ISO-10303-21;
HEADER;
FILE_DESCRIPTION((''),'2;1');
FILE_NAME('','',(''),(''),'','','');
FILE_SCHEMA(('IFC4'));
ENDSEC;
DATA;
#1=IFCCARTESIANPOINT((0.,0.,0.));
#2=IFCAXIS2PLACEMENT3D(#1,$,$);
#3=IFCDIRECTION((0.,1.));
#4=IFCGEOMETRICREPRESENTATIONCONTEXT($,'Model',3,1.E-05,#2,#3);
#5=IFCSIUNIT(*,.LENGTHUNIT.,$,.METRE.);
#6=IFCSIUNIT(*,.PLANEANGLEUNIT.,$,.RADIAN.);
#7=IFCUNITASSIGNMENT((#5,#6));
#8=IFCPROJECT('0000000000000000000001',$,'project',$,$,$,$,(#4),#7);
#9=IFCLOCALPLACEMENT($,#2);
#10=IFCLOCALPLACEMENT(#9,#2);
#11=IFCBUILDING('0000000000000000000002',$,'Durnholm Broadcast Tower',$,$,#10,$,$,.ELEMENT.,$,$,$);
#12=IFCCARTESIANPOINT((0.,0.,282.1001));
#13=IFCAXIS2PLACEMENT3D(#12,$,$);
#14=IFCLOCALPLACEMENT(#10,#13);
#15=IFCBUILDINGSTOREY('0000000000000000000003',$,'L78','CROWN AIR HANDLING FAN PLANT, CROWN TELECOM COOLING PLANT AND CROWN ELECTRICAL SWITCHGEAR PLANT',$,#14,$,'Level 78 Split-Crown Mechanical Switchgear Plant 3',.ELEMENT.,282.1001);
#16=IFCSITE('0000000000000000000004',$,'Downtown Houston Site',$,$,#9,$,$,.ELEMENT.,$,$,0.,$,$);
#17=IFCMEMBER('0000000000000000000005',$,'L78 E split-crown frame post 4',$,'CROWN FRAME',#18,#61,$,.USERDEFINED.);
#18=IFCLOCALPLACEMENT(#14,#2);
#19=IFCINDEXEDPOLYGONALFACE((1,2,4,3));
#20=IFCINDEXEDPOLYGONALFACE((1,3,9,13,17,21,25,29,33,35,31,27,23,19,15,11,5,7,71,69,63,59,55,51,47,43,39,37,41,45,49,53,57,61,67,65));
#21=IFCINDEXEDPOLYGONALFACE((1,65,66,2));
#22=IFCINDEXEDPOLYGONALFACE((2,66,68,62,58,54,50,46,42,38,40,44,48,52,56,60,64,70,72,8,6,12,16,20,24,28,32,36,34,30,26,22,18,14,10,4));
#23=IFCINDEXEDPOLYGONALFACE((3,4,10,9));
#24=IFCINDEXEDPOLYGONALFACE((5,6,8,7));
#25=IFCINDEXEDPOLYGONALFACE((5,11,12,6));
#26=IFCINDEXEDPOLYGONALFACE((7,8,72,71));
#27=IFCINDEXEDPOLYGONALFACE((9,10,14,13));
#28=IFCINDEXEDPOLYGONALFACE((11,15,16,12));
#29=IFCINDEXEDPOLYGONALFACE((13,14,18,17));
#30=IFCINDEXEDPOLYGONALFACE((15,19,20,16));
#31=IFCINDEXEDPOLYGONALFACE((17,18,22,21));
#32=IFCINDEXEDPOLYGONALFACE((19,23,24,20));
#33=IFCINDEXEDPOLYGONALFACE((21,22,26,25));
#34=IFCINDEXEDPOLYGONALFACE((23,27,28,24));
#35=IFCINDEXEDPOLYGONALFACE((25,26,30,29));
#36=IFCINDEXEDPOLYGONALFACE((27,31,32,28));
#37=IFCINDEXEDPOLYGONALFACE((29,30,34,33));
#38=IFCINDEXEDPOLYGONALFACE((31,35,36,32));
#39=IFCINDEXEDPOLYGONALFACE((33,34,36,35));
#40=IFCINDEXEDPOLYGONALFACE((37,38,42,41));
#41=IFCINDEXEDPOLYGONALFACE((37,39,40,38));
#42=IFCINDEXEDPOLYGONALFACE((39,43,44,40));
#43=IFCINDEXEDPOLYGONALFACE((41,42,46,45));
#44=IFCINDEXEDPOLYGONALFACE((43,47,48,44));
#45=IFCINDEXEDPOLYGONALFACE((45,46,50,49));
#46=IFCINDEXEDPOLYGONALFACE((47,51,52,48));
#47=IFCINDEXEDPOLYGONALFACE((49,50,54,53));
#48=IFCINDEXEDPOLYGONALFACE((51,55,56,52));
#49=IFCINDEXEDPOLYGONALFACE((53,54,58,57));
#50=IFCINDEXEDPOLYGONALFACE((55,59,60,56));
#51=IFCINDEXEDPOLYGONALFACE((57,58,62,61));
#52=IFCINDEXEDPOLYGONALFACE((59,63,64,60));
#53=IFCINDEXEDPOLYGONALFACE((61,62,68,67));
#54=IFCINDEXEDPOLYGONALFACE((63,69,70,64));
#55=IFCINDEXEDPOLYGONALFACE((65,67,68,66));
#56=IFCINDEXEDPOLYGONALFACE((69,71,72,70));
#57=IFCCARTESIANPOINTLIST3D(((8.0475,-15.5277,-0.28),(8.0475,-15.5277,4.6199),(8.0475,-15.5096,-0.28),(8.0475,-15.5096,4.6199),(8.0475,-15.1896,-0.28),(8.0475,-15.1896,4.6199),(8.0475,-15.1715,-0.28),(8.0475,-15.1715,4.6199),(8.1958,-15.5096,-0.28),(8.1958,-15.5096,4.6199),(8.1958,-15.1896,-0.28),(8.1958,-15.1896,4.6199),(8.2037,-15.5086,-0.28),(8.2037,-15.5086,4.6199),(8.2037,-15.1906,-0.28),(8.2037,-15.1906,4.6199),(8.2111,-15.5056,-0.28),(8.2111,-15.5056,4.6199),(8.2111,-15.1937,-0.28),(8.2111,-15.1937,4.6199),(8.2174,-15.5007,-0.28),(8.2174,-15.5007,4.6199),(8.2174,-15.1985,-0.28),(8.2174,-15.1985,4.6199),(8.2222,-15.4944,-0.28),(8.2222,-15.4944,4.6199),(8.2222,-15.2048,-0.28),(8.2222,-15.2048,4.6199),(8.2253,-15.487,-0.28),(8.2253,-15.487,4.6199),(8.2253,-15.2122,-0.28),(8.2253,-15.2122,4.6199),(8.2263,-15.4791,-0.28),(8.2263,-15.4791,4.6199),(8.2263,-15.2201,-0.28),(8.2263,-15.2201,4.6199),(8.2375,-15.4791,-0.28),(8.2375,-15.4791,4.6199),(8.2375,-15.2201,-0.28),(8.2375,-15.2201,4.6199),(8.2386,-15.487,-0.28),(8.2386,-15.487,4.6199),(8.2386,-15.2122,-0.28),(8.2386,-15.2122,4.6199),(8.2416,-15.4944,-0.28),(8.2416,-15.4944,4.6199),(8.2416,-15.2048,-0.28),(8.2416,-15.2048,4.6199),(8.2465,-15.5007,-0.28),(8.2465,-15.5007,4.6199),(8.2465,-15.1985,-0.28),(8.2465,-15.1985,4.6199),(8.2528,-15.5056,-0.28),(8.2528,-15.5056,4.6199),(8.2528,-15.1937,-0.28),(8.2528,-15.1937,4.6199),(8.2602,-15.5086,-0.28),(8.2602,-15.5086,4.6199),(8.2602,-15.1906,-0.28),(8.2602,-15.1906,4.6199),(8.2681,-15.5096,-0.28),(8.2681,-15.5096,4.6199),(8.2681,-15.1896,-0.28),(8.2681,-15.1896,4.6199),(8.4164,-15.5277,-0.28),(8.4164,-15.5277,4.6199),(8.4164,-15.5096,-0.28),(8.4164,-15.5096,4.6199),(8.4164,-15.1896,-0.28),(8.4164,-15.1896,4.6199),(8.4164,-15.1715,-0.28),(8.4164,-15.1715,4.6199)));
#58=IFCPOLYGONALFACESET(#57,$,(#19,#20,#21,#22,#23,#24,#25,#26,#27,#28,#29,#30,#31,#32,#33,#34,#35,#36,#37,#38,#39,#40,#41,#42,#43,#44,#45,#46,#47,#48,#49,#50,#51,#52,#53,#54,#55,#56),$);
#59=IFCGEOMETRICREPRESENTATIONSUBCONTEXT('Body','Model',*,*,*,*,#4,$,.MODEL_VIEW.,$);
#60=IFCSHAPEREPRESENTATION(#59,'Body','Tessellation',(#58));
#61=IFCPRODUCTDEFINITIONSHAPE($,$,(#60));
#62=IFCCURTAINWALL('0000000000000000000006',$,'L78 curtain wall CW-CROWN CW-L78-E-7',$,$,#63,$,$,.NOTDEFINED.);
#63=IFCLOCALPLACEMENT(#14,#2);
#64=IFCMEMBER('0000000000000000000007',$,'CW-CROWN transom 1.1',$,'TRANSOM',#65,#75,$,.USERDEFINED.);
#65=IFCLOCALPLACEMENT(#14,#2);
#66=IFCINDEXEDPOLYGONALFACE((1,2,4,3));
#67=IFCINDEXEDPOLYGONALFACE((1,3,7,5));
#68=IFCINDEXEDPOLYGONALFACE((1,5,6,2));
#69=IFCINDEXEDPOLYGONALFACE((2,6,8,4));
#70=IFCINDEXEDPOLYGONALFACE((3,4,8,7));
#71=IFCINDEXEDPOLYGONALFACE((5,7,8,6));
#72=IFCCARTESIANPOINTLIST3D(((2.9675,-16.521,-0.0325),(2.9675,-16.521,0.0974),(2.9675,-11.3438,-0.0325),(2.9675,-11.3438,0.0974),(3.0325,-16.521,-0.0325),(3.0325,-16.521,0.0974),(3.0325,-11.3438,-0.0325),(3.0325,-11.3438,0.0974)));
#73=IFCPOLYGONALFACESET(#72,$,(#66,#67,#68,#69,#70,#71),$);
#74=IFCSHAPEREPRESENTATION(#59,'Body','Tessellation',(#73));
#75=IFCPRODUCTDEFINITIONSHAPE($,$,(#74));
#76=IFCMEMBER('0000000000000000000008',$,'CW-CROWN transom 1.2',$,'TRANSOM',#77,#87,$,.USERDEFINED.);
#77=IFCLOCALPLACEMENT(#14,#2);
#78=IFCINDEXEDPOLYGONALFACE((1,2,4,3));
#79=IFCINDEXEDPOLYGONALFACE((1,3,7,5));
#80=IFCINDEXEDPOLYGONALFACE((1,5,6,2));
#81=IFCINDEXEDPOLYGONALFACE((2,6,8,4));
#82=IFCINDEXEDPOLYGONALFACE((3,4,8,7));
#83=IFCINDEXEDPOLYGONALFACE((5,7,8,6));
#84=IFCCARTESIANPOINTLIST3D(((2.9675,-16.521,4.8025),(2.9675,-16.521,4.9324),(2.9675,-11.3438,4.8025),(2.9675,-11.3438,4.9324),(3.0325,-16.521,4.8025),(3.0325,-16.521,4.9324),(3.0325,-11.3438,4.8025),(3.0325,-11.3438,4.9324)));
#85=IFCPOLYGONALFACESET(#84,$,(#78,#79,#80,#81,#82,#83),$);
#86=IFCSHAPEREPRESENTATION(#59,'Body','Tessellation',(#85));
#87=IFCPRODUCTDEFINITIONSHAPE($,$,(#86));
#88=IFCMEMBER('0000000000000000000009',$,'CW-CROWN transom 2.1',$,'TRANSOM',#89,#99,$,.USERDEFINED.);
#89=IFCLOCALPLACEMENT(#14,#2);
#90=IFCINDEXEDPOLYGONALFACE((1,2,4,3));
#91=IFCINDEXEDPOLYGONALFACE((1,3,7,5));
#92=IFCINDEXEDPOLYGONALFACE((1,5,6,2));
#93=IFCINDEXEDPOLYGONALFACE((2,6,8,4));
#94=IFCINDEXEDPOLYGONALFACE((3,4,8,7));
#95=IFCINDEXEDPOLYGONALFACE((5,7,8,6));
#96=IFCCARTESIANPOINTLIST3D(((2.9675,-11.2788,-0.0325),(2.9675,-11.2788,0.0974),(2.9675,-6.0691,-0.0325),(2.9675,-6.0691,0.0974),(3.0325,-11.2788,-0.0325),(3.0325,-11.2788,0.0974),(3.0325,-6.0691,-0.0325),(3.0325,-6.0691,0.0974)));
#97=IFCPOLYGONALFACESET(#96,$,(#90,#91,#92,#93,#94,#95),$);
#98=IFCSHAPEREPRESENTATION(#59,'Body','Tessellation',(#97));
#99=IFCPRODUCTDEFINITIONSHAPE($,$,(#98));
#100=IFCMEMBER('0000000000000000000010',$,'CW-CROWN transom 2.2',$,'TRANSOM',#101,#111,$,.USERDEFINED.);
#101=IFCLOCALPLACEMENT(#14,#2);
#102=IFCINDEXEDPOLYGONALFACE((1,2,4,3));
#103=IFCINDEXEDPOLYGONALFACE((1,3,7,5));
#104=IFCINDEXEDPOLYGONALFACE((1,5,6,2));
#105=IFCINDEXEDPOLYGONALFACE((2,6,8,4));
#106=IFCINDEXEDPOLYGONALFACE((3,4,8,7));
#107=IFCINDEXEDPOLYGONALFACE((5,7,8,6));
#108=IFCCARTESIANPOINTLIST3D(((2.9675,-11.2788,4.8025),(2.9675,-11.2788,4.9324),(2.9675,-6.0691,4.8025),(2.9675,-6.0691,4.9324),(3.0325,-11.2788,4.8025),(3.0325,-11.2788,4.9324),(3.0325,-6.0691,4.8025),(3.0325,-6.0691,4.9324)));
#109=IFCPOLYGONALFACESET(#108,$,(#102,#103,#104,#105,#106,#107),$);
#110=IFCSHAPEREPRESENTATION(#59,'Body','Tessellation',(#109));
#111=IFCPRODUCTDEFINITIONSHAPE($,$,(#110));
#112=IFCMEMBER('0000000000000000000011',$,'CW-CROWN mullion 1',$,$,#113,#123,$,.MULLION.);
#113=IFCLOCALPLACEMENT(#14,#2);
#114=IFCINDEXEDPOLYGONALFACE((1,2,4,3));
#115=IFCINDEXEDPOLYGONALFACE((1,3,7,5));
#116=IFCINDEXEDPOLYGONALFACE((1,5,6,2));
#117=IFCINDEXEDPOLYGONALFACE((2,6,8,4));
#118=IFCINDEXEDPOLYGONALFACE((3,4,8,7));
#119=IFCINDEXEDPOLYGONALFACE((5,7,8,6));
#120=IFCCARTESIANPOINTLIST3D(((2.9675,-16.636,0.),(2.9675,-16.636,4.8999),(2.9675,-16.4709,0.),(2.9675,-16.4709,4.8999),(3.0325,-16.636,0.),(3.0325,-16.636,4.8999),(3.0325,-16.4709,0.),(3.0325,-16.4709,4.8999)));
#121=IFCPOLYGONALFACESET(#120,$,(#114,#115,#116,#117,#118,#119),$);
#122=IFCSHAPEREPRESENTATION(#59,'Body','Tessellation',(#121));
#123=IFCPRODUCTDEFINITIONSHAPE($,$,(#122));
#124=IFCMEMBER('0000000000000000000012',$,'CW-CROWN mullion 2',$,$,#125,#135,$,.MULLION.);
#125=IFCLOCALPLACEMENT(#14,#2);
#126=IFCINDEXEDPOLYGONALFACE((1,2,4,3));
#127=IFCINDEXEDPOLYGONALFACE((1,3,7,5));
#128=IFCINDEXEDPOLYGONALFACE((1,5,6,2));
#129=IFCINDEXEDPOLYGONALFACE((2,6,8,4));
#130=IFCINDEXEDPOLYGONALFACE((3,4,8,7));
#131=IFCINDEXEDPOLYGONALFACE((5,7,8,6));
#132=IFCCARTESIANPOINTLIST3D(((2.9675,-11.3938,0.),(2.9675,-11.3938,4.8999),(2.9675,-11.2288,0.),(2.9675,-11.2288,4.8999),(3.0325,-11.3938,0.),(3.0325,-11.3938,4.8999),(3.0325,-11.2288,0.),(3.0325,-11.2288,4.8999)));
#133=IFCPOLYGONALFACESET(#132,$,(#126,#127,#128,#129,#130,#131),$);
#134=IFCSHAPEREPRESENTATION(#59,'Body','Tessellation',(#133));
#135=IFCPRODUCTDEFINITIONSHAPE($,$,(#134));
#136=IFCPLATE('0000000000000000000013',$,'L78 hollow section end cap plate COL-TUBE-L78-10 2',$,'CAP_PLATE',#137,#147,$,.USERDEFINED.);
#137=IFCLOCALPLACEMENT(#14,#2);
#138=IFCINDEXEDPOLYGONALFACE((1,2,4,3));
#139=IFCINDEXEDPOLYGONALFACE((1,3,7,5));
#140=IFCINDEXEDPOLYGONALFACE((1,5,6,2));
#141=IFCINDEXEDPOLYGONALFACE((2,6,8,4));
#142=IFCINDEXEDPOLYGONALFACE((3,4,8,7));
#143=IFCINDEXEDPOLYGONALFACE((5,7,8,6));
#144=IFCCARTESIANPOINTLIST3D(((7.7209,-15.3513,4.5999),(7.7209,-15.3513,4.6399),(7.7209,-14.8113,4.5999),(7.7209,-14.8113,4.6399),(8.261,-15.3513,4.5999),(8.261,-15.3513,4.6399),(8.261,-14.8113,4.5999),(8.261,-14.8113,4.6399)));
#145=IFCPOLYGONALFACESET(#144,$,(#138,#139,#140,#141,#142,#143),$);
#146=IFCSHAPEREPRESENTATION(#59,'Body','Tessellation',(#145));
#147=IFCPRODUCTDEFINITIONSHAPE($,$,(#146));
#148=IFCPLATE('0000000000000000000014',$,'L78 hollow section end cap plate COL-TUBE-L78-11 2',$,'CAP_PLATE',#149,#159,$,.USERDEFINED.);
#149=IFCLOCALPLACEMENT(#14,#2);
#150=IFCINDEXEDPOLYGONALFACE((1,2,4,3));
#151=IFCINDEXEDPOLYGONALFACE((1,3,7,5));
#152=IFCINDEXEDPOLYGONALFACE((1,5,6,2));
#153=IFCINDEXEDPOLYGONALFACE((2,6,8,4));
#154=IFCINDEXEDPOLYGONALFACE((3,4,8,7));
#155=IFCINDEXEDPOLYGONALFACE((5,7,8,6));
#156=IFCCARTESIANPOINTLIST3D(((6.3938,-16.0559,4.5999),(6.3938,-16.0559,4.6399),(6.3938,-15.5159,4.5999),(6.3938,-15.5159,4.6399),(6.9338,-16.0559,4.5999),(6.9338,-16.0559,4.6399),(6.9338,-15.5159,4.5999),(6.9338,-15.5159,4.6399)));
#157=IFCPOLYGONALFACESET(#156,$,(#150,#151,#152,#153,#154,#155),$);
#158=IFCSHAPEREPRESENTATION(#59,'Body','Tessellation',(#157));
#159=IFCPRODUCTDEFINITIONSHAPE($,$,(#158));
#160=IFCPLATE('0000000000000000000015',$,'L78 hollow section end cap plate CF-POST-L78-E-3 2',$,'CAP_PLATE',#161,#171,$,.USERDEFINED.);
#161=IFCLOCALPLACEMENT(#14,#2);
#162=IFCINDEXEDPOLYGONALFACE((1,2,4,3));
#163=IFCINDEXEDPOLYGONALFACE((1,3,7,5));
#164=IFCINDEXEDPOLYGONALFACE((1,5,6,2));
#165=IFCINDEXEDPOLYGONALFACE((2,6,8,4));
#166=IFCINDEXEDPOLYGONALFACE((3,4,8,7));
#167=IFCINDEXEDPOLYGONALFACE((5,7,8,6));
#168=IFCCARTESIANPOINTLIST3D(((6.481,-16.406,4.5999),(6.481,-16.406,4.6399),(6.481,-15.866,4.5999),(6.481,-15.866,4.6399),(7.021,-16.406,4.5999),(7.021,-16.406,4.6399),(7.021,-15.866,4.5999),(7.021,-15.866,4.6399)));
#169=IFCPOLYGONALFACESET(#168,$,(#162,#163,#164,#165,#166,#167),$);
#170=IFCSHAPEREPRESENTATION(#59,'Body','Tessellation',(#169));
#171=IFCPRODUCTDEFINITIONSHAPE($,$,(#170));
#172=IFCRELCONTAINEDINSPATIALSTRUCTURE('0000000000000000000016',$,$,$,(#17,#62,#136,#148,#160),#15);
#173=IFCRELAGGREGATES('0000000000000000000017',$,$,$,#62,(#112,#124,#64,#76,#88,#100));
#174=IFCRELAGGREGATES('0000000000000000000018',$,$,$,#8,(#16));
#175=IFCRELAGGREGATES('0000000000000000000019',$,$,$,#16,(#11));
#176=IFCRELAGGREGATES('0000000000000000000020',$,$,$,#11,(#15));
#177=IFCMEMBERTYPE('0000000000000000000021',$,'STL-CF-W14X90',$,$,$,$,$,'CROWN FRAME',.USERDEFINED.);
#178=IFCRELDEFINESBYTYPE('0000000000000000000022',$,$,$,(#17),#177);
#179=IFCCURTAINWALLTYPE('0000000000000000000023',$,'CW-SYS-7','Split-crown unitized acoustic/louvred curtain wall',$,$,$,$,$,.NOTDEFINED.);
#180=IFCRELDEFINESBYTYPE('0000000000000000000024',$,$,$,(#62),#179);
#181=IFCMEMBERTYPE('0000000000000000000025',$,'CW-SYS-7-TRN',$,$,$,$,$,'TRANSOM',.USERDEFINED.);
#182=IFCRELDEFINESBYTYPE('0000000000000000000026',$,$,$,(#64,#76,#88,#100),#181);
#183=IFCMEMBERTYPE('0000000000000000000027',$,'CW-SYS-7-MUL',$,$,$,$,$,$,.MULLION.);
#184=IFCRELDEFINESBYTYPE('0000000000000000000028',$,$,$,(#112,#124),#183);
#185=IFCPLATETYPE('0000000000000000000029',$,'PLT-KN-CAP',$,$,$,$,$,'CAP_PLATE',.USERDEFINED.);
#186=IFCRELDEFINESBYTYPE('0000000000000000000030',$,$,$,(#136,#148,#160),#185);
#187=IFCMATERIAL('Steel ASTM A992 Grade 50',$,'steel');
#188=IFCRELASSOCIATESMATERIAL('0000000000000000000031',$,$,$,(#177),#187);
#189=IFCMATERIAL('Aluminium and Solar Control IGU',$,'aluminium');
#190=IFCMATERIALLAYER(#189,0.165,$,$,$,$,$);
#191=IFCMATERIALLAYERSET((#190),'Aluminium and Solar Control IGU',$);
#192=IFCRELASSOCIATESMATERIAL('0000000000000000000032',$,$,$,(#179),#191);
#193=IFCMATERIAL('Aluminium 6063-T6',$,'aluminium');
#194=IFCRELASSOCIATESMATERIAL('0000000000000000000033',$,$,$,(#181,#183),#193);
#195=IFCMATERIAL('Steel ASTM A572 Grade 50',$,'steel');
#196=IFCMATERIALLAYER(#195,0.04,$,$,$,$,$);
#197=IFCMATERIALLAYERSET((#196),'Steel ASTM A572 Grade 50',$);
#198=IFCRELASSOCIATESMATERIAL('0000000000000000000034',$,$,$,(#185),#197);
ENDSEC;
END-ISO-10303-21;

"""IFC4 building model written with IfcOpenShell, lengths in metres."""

from ifc_helpers import new_model, si_unit, direction, frame, origin, origin_2d, place, context, subcontext, project, spatial, rectangle, i_section, extrude, source, transform, mapped, material, layer, layer_set, material_profile, profile_set, type_object, type_shapes, element, aggregate, save


model = new_model("IFC4")

# Units and contexts
model_context = context("Model", 3, precision=1e-05, world=origin(), true_north=direction((0.0, 1.0)))
body_context = subcontext(model_context, "Body", "Model", "MODEL_VIEW")
ifc_project = project(units=[si_unit("LENGTHUNIT", "METRE"), si_unit("PLANEANGLEUNIT", "RADIAN")], contexts=[model_context])

# Site, building, storey
site_placement = place(None, origin())
site = spatial("IfcSite", under=ifc_project, at=site_placement, Name="Downtown Houston Site", CompositionType="ELEMENT", RefElevation=0.0)
building_placement = place(site_placement, origin())
building = spatial("IfcBuilding", under=site, at=building_placement, Name="Durnholm Broadcast Tower", CompositionType="ELEMENT")
storey_placement = place(building_placement, frame((0.0, 0.0, 282.1001)))
storey = spatial("IfcBuildingStorey", under=building, at=storey_placement, Name="L78", Description="CROWN AIR HANDLING FAN PLANT, CROWN TELECOM COOLING PLANT AND CROWN ELECTRICAL SWITCHGEAR PLANT", LongName="Level 78 Split-Crown Mechanical Switchgear Plant 3", CompositionType="ELEMENT", Elevation=282.1001)

# Shared definitions
ifc_material_1 = material(Name="Steel ASTM A992 Grade 50", Category="steel")

# Member
ifc_material_profile_1 = material_profile(ifc_material_1, i_section(OverallWidth=0.3689, OverallDepth=0.3562, WebThickness=0.0112, FlangeThickness=0.0181, FilletRadius=0.0305, at=origin_2d()), Name="W14X90")
ifc_profile_set_1 = profile_set([ifc_material_profile_1], Name="Steel ASTM A992 Grade 50")
member_type_1 = type_object("IfcMemberType", Name="STL-CF-W14X90", ElementType="CROWN FRAME", PredefinedType="USERDEFINED", material=ifc_profile_set_1)
shared_shape_1 = source(origin(), body_context, "Body", "SweptSolid", [
    extrude(i_section(OverallWidth=0.3689, OverallDepth=0.3562, WebThickness=0.0112, FlangeThickness=0.0181, FilletRadius=0.0305, at=origin_2d()), origin(), (0.0, 0.0, 1.0), 4.8999),
])
type_shapes(member_type_1, [shared_shape_1])
for number, where, z_axis, x_axis, name in (
    (1, (8.2319, -15.3496, -0.28), (0.0, 0.0, 1.0), (1.0, 0.0, 0.0), "L78 E split-crown frame post 4"),
):
    element("IfcMember", number, at=place(storey_placement, frame(where, z_axis=z_axis, x_axis=x_axis)), inside=storey, type_object=member_type_1, Name=name, ObjectType="CROWN FRAME", PredefinedType="USERDEFINED", context=body_context, shape_type="MappedRepresentation", body=[
        mapped(shared_shape_1, transform((0.0, 0.0, 0.0), x_axis=(1.0, 0.0, 0.0), y_axis=(0.0, 1.0, 0.0), z_axis=(0.0, 0.0, 1.0), scale=1.0)),
    ])

# Curtain wall, members
ifc_material_2 = material(Name="Aluminium and Solar Control IGU", Category="aluminium")
ifc_layer_1 = layer(ifc_material_2, 0.165)
ifc_layer_set_1 = layer_set([ifc_layer_1], Name="Aluminium and Solar Control IGU")
curtain_wall_type = type_object("IfcCurtainWallType", Name="CW-SYS-7", Description="Split-crown unitized acoustic/louvred curtain wall", PredefinedType="NOTDEFINED", material=ifc_layer_set_1)
curtain_wall_placement = place(storey_placement, origin())
curtain_wall = element("IfcCurtainWall", 2, at=curtain_wall_placement, inside=storey, type_object=curtain_wall_type, Name="L78 curtain wall CW-CROWN CW-L78-E-7", PredefinedType="NOTDEFINED")
ifc_material_3 = material(Name="Aluminium 6063-T6", Category="aluminium")
ifc_material_profile_2 = material_profile(ifc_material_3, rectangle(XDim=0.0649, YDim=0.1299, at=origin_2d()), Name="CWT65X130")
ifc_profile_set_2 = profile_set([ifc_material_profile_2], Name="Aluminium 6063-T6")
member_type_2 = type_object("IfcMemberType", Name="CW-SYS-7-TRN", ElementType="TRANSOM", PredefinedType="USERDEFINED", material=ifc_profile_set_2)
shared_shape_2 = source(origin(), body_context, "Body", "SweptSolid", [
    extrude(rectangle(XDim=0.0649, YDim=0.1299, at=origin_2d()), origin(), (0.0, 0.0, 1.0), 5.1772),
])
member_1_placement = place(storey_placement, frame((3.0, -16.521, 0.0325), z_axis=(0.0, 1.0, 0.0), x_axis=(-1.0, 0.0, 0.0)))
member_1 = element("IfcMember", 3, at=member_1_placement, type_object=member_type_2, Name="CW-CROWN transom 1.1", ObjectType="TRANSOM", PredefinedType="USERDEFINED", context=body_context, shape_type="MappedRepresentation", body=[
    mapped(shared_shape_2, transform((0.0, 0.0, 0.0), x_axis=(1.0, 0.0, 0.0), y_axis=(0.0, 1.0, 0.0), z_axis=(0.0, 0.0, 1.0), scale=1.0)),
])
member_2_placement = place(storey_placement, frame((3.0, -16.521, 4.8674), z_axis=(0.0, 1.0, 0.0), x_axis=(-1.0, 0.0, 0.0)))
member_2 = element("IfcMember", 4, at=member_2_placement, type_object=member_type_2, Name="CW-CROWN transom 1.2", ObjectType="TRANSOM", PredefinedType="USERDEFINED", context=body_context, shape_type="MappedRepresentation", body=[
    mapped(shared_shape_2, transform((0.0, 0.0, 0.0), x_axis=(1.0, 0.0, 0.0), y_axis=(0.0, 1.0, 0.0), z_axis=(0.0, 0.0, 1.0), scale=1.0)),
])
shared_shape_3 = source(origin(), body_context, "Body", "SweptSolid", [
    extrude(rectangle(XDim=0.0649, YDim=0.1299, at=origin_2d()), origin(), (0.0, 0.0, 1.0), 5.2097),
])
type_shapes(member_type_2, [shared_shape_2, shared_shape_3])
member_3_placement = place(storey_placement, frame((3.0, -11.2788, 0.0325), z_axis=(0.0, 1.0, 0.0), x_axis=(-1.0, 0.0, 0.0)))
member_3 = element("IfcMember", 5, at=member_3_placement, type_object=member_type_2, Name="CW-CROWN transom 2.1", ObjectType="TRANSOM", PredefinedType="USERDEFINED", context=body_context, shape_type="MappedRepresentation", body=[
    mapped(shared_shape_3, transform((0.0, 0.0, 0.0), x_axis=(1.0, 0.0, 0.0), y_axis=(0.0, 1.0, 0.0), z_axis=(0.0, 0.0, 1.0), scale=1.0)),
])
member_4_placement = place(storey_placement, frame((3.0, -11.2788, 4.8674), z_axis=(0.0, 1.0, 0.0), x_axis=(-1.0, 0.0, 0.0)))
member_4 = element("IfcMember", 6, at=member_4_placement, type_object=member_type_2, Name="CW-CROWN transom 2.2", ObjectType="TRANSOM", PredefinedType="USERDEFINED", context=body_context, shape_type="MappedRepresentation", body=[
    mapped(shared_shape_3, transform((0.0, 0.0, 0.0), x_axis=(1.0, 0.0, 0.0), y_axis=(0.0, 1.0, 0.0), z_axis=(0.0, 0.0, 1.0), scale=1.0)),
])
ifc_material_profile_3 = material_profile(ifc_material_3, rectangle(XDim=0.0649, YDim=0.165, at=origin_2d()), Name="CWM65X165")
ifc_profile_set_3 = profile_set([ifc_material_profile_3], Name="Aluminium 6063-T6")
member_type_3 = type_object("IfcMemberType", Name="CW-SYS-7-MUL", PredefinedType="MULLION", material=ifc_profile_set_3)
shared_shape_4 = source(origin(), body_context, "Body", "SweptSolid", [
    extrude(rectangle(XDim=0.0649, YDim=0.165, at=origin_2d()), origin(), (0.0, 0.0, 1.0), 4.8999),
])
type_shapes(member_type_3, [shared_shape_4])
member_5_placement = place(storey_placement, frame((3.0, -16.5535, 0.0), z_axis=(0.0, 0.0, 1.0), x_axis=(-1.0, 0.0, 0.0)))
member_5 = element("IfcMember", 7, at=member_5_placement, type_object=member_type_3, Name="CW-CROWN mullion 1", PredefinedType="MULLION", context=body_context, shape_type="MappedRepresentation", body=[
    mapped(shared_shape_4, transform((0.0, 0.0, 0.0), x_axis=(1.0, 0.0, 0.0), y_axis=(0.0, 1.0, 0.0), z_axis=(0.0, 0.0, 1.0), scale=1.0)),
])
member_6_placement = place(storey_placement, frame((3.0, -11.3113, 0.0), z_axis=(0.0, 0.0, 1.0), x_axis=(-1.0, 0.0, 0.0)))
member_6 = element("IfcMember", 8, at=member_6_placement, type_object=member_type_3, Name="CW-CROWN mullion 2", PredefinedType="MULLION", context=body_context, shape_type="MappedRepresentation", body=[
    mapped(shared_shape_4, transform((0.0, 0.0, 0.0), x_axis=(1.0, 0.0, 0.0), y_axis=(0.0, 1.0, 0.0), z_axis=(0.0, 0.0, 1.0), scale=1.0)),
])

# Plates
ifc_material_4 = material(Name="Steel ASTM A572 Grade 50", Category="steel")
ifc_layer_2 = layer(ifc_material_4, 0.04)
ifc_layer_set_2 = layer_set([ifc_layer_2], Name="Steel ASTM A572 Grade 50")
plate_type_1 = type_object("IfcPlateType", Name="PLT-KN-CAP", ElementType="CAP_PLATE", PredefinedType="USERDEFINED", material=ifc_layer_set_2)
shared_shape_5 = source(origin(), body_context, "Body", "SweptSolid", [
    extrude(rectangle(XDim=0.54, YDim=0.54, at=origin_2d()), origin(), (0.0, 0.0, 1.0), 0.04),
])
type_shapes(plate_type_1, [shared_shape_5])
for number, where, z_axis, x_axis, name in (
    (9, (7.991, -15.0813, 4.5999), (0.0, 0.0, 1.0), (1.0, 0.0, 0.0), "L78 hollow section end cap plate COL-TUBE-L78-10 2"),
    (10, (6.6638, -15.7859, 4.5999), (0.0, 0.0, 1.0), (1.0, 0.0, 0.0), "L78 hollow section end cap plate COL-TUBE-L78-11 2"),
    (11, (6.751, -16.136, 4.5999), (0.0, 0.0, 1.0), (1.0, 0.0, 0.0), "L78 hollow section end cap plate CF-POST-L78-E-3 2"),
):
    element("IfcPlate", number, at=place(storey_placement, frame(where, z_axis=z_axis, x_axis=x_axis)), inside=storey, type_object=plate_type_1, Name=name, ObjectType="CAP_PLATE", PredefinedType="USERDEFINED", context=body_context, shape_type="MappedRepresentation", body=[
        mapped(shared_shape_5, transform((0.0, 0.0, 0.0), x_axis=(1.0, 0.0, 0.0), y_axis=(0.0, 1.0, 0.0), z_axis=(0.0, 0.0, 1.0), scale=1.0)),
    ])

aggregate(curtain_wall, [member_5, member_6, member_1, member_2, member_3, member_4])

save(model, "model.ifc")
